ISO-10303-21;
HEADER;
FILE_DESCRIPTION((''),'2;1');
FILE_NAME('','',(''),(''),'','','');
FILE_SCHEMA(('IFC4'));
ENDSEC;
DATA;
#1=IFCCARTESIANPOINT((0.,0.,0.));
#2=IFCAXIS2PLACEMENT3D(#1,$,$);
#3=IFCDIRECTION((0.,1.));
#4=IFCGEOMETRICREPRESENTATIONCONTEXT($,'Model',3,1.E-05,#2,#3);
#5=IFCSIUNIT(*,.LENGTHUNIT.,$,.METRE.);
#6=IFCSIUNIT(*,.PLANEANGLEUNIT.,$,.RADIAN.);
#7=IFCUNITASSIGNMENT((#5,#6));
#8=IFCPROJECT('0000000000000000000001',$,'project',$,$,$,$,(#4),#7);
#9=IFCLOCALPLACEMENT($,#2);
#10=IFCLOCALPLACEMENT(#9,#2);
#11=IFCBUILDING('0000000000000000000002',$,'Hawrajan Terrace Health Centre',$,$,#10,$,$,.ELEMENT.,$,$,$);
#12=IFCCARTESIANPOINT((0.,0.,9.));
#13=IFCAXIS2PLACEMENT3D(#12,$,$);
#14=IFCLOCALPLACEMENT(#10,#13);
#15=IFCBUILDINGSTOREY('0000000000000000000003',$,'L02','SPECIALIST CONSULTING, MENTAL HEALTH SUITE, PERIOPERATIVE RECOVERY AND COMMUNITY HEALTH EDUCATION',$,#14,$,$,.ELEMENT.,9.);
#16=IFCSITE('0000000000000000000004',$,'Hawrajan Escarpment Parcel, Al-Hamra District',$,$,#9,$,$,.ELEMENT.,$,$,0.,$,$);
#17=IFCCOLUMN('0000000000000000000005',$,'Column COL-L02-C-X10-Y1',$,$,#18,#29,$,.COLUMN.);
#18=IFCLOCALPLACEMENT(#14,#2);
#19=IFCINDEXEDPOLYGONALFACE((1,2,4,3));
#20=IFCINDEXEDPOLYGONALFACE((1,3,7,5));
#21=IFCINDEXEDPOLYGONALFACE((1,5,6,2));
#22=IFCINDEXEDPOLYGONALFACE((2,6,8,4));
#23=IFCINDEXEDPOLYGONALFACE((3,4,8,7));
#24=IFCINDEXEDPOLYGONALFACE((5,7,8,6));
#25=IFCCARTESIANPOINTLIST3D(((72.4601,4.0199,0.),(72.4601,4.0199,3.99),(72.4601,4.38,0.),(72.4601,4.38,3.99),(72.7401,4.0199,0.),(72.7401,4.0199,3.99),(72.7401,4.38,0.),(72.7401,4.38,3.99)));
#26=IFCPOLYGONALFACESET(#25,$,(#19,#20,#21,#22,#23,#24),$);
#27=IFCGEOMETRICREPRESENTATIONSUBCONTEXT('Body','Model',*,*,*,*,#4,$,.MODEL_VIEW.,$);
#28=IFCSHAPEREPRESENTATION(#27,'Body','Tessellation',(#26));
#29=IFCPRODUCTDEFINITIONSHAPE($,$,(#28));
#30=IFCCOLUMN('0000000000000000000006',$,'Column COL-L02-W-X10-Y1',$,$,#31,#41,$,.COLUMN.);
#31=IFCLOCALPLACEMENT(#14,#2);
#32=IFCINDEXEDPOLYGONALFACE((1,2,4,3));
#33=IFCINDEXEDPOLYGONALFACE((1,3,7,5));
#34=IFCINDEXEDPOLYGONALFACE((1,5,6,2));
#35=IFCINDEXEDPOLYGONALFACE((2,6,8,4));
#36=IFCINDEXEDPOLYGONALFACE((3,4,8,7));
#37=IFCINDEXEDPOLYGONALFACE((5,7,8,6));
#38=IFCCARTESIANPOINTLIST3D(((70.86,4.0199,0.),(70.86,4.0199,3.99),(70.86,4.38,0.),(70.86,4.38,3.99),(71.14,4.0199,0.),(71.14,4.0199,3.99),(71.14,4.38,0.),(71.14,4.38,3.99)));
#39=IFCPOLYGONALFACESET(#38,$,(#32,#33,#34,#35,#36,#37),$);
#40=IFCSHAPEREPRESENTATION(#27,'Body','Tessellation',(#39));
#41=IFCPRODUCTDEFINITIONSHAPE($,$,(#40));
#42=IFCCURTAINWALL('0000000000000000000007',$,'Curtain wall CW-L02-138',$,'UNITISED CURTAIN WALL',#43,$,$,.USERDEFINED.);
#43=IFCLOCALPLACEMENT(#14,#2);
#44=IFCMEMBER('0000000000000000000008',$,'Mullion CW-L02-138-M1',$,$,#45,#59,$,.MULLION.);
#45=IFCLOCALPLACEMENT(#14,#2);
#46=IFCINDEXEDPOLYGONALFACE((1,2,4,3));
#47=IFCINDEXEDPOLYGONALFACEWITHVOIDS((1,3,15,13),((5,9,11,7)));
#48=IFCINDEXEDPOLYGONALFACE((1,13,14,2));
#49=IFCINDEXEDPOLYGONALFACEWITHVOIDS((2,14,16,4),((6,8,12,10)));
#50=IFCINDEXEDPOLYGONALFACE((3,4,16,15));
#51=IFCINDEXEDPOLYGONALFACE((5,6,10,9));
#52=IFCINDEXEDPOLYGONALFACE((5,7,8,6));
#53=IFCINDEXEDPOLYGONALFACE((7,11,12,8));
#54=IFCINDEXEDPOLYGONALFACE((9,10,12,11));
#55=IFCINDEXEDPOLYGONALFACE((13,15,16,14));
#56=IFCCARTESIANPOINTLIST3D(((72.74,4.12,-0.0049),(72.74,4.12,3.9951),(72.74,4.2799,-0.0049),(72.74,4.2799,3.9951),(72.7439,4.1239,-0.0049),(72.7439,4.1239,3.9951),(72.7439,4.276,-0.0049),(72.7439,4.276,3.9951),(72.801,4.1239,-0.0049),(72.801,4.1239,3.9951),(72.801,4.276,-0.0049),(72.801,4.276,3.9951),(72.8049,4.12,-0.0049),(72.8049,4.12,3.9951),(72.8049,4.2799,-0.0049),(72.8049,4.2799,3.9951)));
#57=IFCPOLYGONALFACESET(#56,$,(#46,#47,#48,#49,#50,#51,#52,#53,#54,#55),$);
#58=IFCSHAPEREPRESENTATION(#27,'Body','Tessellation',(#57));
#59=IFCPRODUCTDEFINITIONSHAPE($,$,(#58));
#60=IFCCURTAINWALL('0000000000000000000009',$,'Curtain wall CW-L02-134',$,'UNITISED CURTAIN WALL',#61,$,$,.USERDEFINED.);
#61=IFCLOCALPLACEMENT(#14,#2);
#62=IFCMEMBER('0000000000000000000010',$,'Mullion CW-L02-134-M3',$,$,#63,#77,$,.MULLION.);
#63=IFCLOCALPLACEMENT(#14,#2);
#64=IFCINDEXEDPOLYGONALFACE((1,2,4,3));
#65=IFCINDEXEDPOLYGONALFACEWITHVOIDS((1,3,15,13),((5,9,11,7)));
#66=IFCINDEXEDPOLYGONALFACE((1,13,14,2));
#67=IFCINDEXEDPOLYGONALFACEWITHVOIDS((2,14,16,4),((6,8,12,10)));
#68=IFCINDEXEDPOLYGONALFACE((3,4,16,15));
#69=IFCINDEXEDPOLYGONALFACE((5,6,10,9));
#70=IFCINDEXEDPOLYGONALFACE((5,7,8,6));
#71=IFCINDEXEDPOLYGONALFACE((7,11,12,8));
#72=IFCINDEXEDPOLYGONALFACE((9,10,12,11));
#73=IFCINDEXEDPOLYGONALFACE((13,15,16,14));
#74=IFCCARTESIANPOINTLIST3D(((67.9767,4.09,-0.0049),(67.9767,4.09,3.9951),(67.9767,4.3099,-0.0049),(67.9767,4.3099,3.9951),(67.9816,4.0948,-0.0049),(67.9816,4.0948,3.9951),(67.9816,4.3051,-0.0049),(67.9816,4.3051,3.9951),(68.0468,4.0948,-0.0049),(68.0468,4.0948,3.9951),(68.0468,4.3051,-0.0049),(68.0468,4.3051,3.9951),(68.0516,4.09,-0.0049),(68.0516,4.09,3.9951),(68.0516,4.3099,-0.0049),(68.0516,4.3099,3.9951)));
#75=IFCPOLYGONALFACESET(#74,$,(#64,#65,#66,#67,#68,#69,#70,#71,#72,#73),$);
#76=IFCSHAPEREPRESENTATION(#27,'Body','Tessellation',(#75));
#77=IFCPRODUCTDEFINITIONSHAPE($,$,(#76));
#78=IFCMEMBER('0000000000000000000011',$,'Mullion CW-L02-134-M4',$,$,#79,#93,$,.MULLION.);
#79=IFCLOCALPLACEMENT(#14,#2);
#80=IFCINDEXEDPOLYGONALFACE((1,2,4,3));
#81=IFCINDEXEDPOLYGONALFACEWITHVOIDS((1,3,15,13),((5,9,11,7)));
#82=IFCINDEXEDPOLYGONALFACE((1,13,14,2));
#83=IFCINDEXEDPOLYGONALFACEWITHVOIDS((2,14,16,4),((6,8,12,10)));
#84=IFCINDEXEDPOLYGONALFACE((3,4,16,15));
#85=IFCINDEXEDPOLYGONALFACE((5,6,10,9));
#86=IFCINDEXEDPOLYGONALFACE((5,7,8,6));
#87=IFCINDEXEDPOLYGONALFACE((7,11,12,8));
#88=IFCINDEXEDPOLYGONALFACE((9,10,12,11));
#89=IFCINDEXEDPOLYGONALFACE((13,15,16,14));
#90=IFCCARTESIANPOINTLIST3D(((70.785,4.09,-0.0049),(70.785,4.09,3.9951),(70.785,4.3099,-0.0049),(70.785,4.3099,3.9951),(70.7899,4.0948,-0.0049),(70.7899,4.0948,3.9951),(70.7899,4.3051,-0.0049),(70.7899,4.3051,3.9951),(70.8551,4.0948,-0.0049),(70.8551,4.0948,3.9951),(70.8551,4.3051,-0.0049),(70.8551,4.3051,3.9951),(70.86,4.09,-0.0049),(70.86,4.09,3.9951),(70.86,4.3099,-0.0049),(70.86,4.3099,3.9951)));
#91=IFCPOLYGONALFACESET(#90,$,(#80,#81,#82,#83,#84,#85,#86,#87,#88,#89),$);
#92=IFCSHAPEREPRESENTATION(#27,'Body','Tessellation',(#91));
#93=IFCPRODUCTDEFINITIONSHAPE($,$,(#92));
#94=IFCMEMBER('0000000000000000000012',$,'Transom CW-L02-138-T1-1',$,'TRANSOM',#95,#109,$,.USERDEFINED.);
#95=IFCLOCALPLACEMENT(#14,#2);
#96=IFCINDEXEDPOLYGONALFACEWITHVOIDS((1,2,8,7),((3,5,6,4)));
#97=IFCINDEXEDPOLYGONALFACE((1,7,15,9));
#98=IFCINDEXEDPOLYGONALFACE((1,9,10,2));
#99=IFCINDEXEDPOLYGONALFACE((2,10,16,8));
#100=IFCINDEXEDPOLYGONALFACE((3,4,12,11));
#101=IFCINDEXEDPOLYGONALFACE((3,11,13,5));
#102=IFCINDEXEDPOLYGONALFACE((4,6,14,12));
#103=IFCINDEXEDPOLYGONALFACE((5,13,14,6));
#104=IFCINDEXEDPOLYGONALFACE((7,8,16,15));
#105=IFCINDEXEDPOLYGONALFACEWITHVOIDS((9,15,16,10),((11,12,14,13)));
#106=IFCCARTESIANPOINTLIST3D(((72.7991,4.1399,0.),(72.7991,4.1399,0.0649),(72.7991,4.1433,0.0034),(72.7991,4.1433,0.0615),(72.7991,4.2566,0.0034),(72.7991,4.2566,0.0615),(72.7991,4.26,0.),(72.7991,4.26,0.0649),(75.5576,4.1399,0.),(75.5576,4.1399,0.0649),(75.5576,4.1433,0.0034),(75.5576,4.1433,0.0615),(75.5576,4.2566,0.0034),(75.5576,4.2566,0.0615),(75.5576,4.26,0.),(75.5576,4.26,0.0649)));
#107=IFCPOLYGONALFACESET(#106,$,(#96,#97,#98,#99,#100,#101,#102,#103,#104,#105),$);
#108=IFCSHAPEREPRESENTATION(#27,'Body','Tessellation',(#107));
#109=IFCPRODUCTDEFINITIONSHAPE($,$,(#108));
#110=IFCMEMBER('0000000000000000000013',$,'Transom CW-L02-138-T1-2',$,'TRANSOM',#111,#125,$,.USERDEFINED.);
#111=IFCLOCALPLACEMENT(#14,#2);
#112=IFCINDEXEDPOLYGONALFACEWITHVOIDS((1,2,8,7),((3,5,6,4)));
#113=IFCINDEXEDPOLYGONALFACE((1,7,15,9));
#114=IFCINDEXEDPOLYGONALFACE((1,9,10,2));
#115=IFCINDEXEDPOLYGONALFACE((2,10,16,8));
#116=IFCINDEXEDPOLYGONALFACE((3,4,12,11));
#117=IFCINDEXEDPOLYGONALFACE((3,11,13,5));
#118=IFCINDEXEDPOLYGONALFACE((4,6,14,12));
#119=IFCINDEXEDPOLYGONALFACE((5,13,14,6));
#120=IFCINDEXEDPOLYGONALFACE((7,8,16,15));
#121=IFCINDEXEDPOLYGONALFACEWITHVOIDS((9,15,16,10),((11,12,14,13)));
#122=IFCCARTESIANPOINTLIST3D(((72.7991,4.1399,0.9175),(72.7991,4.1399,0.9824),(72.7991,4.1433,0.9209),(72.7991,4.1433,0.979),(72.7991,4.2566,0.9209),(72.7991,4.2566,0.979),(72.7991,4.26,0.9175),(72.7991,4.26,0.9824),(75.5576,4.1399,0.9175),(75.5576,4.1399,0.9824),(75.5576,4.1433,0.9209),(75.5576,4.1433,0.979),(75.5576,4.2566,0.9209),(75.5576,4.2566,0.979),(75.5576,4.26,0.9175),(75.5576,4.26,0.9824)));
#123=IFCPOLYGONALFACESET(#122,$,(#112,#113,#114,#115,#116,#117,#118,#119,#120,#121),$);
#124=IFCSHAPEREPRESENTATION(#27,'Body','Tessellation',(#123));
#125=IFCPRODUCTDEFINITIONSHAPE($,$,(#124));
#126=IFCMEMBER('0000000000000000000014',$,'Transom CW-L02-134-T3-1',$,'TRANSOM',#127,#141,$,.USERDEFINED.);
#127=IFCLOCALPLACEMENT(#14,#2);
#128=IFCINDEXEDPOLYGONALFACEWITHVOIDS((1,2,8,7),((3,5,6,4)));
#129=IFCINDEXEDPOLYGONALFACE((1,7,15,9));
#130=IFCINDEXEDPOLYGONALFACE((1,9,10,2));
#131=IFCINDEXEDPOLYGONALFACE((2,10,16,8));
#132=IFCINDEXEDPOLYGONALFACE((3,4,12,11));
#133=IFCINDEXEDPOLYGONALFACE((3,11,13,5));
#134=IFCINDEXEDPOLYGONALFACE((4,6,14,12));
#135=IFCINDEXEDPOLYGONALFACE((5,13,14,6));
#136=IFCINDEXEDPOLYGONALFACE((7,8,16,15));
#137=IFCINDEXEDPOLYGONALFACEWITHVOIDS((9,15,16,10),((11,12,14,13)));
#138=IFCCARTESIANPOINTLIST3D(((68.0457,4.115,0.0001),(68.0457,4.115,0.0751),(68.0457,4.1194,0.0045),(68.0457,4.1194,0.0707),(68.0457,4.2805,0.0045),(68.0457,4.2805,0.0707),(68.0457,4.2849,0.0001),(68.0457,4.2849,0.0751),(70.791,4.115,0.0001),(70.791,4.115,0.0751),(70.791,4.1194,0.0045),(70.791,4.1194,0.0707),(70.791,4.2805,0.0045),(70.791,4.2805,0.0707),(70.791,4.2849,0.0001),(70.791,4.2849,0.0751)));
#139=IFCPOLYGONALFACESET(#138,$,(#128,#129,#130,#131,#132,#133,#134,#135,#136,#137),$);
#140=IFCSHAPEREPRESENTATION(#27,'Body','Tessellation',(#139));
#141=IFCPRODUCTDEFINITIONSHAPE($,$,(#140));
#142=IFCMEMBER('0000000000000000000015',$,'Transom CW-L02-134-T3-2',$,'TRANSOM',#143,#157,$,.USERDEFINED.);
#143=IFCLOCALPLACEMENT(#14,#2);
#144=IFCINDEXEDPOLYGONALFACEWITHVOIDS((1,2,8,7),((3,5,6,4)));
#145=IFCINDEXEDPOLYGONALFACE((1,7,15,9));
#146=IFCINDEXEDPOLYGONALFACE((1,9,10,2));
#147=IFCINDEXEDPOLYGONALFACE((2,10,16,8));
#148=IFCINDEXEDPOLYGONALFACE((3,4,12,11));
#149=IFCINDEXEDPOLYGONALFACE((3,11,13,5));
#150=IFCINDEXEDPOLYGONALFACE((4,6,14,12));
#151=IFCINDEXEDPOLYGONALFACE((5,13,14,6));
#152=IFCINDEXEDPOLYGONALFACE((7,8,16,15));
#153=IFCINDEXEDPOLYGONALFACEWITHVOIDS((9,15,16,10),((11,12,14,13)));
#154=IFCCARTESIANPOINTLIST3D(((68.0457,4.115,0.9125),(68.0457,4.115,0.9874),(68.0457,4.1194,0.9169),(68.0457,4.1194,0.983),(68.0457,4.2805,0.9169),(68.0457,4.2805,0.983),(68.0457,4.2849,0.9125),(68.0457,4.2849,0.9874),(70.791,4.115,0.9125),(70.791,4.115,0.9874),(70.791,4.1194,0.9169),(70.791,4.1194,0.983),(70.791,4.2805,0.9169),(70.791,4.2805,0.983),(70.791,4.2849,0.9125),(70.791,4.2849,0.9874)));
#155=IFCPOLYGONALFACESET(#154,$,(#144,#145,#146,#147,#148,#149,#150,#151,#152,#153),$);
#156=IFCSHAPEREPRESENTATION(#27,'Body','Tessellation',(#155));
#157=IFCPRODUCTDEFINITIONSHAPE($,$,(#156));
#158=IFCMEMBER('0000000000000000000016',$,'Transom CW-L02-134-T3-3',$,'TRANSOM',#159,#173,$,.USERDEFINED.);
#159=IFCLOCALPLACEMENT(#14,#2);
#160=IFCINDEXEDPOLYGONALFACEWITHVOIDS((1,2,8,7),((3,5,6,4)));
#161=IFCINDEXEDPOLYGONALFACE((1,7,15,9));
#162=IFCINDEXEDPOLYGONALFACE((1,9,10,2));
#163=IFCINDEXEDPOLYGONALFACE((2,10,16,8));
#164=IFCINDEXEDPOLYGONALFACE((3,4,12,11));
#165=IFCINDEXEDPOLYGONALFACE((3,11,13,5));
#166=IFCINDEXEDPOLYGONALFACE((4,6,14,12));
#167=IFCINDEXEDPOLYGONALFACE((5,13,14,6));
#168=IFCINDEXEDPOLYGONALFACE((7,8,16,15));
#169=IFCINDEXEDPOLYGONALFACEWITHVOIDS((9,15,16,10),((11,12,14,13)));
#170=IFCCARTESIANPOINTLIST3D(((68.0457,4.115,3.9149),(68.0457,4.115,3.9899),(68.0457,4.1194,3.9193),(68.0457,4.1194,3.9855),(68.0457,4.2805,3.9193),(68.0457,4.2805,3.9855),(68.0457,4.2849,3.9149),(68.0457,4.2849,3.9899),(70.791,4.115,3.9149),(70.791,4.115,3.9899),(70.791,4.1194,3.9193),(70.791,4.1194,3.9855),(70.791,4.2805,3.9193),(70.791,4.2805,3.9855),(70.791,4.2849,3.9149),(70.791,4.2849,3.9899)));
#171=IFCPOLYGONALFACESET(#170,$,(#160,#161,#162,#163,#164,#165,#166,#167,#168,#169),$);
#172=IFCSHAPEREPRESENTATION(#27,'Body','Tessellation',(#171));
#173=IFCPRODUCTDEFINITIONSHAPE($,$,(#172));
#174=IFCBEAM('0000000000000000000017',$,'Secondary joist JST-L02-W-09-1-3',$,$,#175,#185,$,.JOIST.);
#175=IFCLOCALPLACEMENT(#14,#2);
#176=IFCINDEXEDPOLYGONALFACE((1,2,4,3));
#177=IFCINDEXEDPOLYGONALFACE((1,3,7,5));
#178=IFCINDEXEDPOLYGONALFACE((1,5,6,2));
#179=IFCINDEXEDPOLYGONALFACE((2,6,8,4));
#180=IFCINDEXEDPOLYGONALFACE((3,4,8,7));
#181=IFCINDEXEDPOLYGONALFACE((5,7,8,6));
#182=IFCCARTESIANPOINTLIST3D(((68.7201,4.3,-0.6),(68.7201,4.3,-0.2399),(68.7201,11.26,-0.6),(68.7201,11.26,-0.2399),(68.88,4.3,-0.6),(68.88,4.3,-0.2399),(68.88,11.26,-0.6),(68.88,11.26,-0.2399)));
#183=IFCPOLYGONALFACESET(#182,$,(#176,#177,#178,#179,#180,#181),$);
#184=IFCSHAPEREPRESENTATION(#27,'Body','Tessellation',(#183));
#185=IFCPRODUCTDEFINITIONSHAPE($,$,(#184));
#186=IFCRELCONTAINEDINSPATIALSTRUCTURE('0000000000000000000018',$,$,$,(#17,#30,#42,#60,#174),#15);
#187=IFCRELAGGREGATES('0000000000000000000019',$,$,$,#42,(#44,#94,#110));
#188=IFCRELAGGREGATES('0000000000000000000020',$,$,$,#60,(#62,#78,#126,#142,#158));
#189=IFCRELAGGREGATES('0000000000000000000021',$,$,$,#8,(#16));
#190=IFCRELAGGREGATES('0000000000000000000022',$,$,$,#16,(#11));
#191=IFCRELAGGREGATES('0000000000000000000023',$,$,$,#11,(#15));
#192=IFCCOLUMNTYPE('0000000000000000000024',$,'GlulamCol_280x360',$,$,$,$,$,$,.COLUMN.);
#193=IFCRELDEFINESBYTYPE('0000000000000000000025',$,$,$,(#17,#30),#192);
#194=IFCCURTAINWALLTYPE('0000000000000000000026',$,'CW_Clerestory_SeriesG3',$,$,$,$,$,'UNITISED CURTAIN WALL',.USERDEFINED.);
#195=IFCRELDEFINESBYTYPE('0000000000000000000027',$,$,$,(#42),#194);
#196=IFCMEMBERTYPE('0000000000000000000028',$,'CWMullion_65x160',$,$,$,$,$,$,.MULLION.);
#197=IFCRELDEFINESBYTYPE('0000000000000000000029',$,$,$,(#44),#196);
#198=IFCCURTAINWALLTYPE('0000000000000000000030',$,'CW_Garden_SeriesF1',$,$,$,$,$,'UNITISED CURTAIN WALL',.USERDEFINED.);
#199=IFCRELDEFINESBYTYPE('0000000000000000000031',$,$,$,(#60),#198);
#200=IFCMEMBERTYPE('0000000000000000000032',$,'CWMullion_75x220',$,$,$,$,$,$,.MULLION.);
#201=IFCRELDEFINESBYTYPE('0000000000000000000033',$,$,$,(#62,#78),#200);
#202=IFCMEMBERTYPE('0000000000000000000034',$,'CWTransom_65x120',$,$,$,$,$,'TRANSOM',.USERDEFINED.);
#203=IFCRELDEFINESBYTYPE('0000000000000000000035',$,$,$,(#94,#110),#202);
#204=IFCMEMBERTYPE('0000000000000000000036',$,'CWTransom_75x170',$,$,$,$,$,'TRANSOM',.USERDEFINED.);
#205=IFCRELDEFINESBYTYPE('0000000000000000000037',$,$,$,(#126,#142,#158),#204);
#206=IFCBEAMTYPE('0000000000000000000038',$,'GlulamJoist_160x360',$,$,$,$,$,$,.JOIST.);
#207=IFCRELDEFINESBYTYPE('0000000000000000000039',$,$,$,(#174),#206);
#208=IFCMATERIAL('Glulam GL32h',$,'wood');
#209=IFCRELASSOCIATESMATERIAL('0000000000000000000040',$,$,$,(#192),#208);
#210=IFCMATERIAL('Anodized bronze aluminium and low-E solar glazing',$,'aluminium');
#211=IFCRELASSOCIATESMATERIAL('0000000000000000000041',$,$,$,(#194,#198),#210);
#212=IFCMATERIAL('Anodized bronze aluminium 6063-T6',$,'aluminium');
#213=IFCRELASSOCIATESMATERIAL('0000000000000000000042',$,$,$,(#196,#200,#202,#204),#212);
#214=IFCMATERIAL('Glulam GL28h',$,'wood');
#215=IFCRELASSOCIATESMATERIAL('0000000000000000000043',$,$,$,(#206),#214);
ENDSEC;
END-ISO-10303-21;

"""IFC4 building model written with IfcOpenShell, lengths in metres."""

from ifc_helpers import new_model, si_unit, direction, frame, origin, origin_2d, place, context, subcontext, project, spatial, rectangle, hollow_rectangle, extrude, material, material_profile, profile_set, type_object, element, aggregate, save


model = new_model("IFC4")

# Units and contexts
model_context = context("Model", 3, precision=1e-05, world=origin(), true_north=direction((0.0, 1.0)))
body_context = subcontext(model_context, "Body", "Model", "MODEL_VIEW")
ifc_project = project(units=[si_unit("LENGTHUNIT", "METRE"), si_unit("PLANEANGLEUNIT", "RADIAN")], contexts=[model_context])

# Site, building, storey
site_placement = place(None, origin())
site = spatial("IfcSite", under=ifc_project, at=site_placement, Name="Hawrajan Escarpment Parcel, Al-Hamra District", CompositionType="ELEMENT", RefElevation=0.0)
building_placement = place(site_placement, origin())
building = spatial("IfcBuilding", under=site, at=building_placement, Name="Hawrajan Terrace Health Centre", CompositionType="ELEMENT")
storey_placement = place(building_placement, frame((0.0, 0.0, 9.0)))
storey = spatial("IfcBuildingStorey", under=building, at=storey_placement, Name="L02", Description="SPECIALIST CONSULTING, MENTAL HEALTH SUITE, PERIOPERATIVE RECOVERY AND COMMUNITY HEALTH EDUCATION", CompositionType="ELEMENT", Elevation=9.0)

# Columns
ifc_material_1 = material(Name="Glulam GL32h", Category="wood")
ifc_material_profile_1 = material_profile(ifc_material_1, rectangle(XDim=0.28, YDim=0.3601, at=origin_2d()), Name="GL 280x360")
ifc_profile_set_1 = profile_set([ifc_material_profile_1], Name="Glulam GL32h")
column_type = type_object("IfcColumnType", Name="GlulamCol_280x360", PredefinedType="COLUMN", material=ifc_profile_set_1)
for number, where, z_axis, x_axis, name in (
    (1, (72.6001, 4.2, 0.0), (0.0, 0.0, 1.0), (1.0, 0.0, 0.0), "Column COL-L02-C-X10-Y1"),
    (2, (71.0, 4.2, 0.0), (0.0, 0.0, 1.0), (1.0, 0.0, 0.0), "Column COL-L02-W-X10-Y1"),
):
    element("IfcColumn", number, at=place(storey_placement, frame(where, z_axis=z_axis, x_axis=x_axis)), inside=storey, type_object=column_type, Name=name, PredefinedType="COLUMN", context=body_context, shape_type="SweptSolid", body=[
        extrude(rectangle(XDim=0.28, YDim=0.3601, at=origin_2d()), origin(), (0.0, 0.0, 1.0), 3.99),
    ])

# Curtain wall, member
ifc_material_2 = material(Name="Anodized bronze aluminium and low-E solar glazing", Category="aluminium")
curtain_wall_type_1 = type_object("IfcCurtainWallType", Name="CW_Clerestory_SeriesG3", ElementType="UNITISED CURTAIN WALL", PredefinedType="USERDEFINED", material=ifc_material_2)
curtain_wall_1_placement = place(storey_placement, origin())
curtain_wall_1 = element("IfcCurtainWall", 3, at=curtain_wall_1_placement, inside=storey, type_object=curtain_wall_type_1, Name="Curtain wall CW-L02-138", ObjectType="UNITISED CURTAIN WALL", PredefinedType="USERDEFINED")
ifc_material_3 = material(Name="Anodized bronze aluminium 6063-T6", Category="aluminium")
ifc_material_profile_2 = material_profile(ifc_material_3, hollow_rectangle(XDim=0.0649, YDim=0.1599, WallThickness=0.0039, at=origin_2d()), Name="CW MUL 65x160")
ifc_profile_set_2 = profile_set([ifc_material_profile_2], Name="Anodized bronze aluminium 6063-T6")
member_type_1 = type_object("IfcMemberType", Name="CWMullion_65x160", PredefinedType="MULLION", material=ifc_profile_set_2)
member_1_placement = place(storey_placement, frame((72.7725, 4.2, -0.0049), z_axis=(0.0, 0.0, 1.0), x_axis=(1.0, 0.0, 0.0)))
member_1 = element("IfcMember", 4, at=member_1_placement, type_object=member_type_1, Name="Mullion CW-L02-138-M1", PredefinedType="MULLION", context=body_context, shape_type="SweptSolid", body=[
    extrude(hollow_rectangle(XDim=0.0649, YDim=0.1599, WallThickness=0.0039, at=origin_2d()), origin(), (0.0, 0.0, 1.0), 4.0),
])

# Curtain wall, members
curtain_wall_type_2 = type_object("IfcCurtainWallType", Name="CW_Garden_SeriesF1", ElementType="UNITISED CURTAIN WALL", PredefinedType="USERDEFINED", material=ifc_material_2)
curtain_wall_2_placement = place(storey_placement, origin())
curtain_wall_2 = element("IfcCurtainWall", 5, at=curtain_wall_2_placement, inside=storey, type_object=curtain_wall_type_2, Name="Curtain wall CW-L02-134", ObjectType="UNITISED CURTAIN WALL", PredefinedType="USERDEFINED")
ifc_material_profile_3 = material_profile(ifc_material_3, hollow_rectangle(XDim=0.075, YDim=0.22, WallThickness=0.0049, at=origin_2d()), Name="CW MUL 75x220")
ifc_profile_set_3 = profile_set([ifc_material_profile_3], Name="Anodized bronze aluminium 6063-T6")
member_type_2 = type_object("IfcMemberType", Name="CWMullion_75x220", PredefinedType="MULLION", material=ifc_profile_set_3)
member_2_placement = place(storey_placement, frame((68.0142, 4.2, -0.0049), z_axis=(0.0, 0.0, 1.0), x_axis=(1.0, 0.0, 0.0)))
member_2 = element("IfcMember", 6, at=member_2_placement, type_object=member_type_2, Name="Mullion CW-L02-134-M3", PredefinedType="MULLION", context=body_context, shape_type="SweptSolid", body=[
    extrude(hollow_rectangle(XDim=0.075, YDim=0.22, WallThickness=0.0049, at=origin_2d()), origin(), (0.0, 0.0, 1.0), 4.0),
])
member_3_placement = place(storey_placement, frame((70.8225, 4.2, -0.0049), z_axis=(0.0, 0.0, 1.0), x_axis=(1.0, 0.0, 0.0)))
member_3 = element("IfcMember", 7, at=member_3_placement, type_object=member_type_2, Name="Mullion CW-L02-134-M4", PredefinedType="MULLION", context=body_context, shape_type="SweptSolid", body=[
    extrude(hollow_rectangle(XDim=0.075, YDim=0.22, WallThickness=0.0049, at=origin_2d()), origin(), (0.0, 0.0, 1.0), 4.0),
])

# Members
ifc_material_profile_4 = material_profile(ifc_material_3, hollow_rectangle(XDim=0.0649, YDim=0.1201, WallThickness=0.0034, at=origin_2d()), Name="CW TRN 65x120")
ifc_profile_set_4 = profile_set([ifc_material_profile_4], Name="Anodized bronze aluminium 6063-T6")
member_type_3 = type_object("IfcMemberType", Name="CWTransom_65x120", ElementType="TRANSOM", PredefinedType="USERDEFINED", material=ifc_profile_set_4)
member_4_placement = place(storey_placement, frame((72.7991, 4.2, 0.0325), z_axis=(1.0, 0.0, 0.0), x_axis=(0.0, 0.0, 1.0)))
member_4 = element("IfcMember", 8, at=member_4_placement, type_object=member_type_3, Name="Transom CW-L02-138-T1-1", ObjectType="TRANSOM", PredefinedType="USERDEFINED", context=body_context, shape_type="SweptSolid", body=[
    extrude(hollow_rectangle(XDim=0.0649, YDim=0.1201, WallThickness=0.0034, at=origin_2d()), origin(), (0.0, 0.0, 1.0), 2.7585),
])
member_5_placement = place(storey_placement, frame((72.7991, 4.2, 0.95), z_axis=(1.0, 0.0, 0.0), x_axis=(0.0, 0.0, 1.0)))
member_5 = element("IfcMember", 9, at=member_5_placement, type_object=member_type_3, Name="Transom CW-L02-138-T1-2", ObjectType="TRANSOM", PredefinedType="USERDEFINED", context=body_context, shape_type="SweptSolid", body=[
    extrude(hollow_rectangle(XDim=0.0649, YDim=0.1201, WallThickness=0.0034, at=origin_2d()), origin(), (0.0, 0.0, 1.0), 2.7585),
])
aggregate(curtain_wall_1, [member_1, member_4, member_5])
ifc_material_profile_5 = material_profile(ifc_material_3, hollow_rectangle(XDim=0.075, YDim=0.1699, WallThickness=0.0044, at=origin_2d()), Name="CW TRN 75x170")
ifc_profile_set_5 = profile_set([ifc_material_profile_5], Name="Anodized bronze aluminium 6063-T6")
member_type_4 = type_object("IfcMemberType", Name="CWTransom_75x170", ElementType="TRANSOM", PredefinedType="USERDEFINED", material=ifc_profile_set_5)
member_6_placement = place(storey_placement, frame((68.0457, 4.2, 0.0376), z_axis=(1.0, 0.0, 0.0), x_axis=(0.0, 0.0, 1.0)))
member_6 = element("IfcMember", 10, at=member_6_placement, type_object=member_type_4, Name="Transom CW-L02-134-T3-1", ObjectType="TRANSOM", PredefinedType="USERDEFINED", context=body_context, shape_type="SweptSolid", body=[
    extrude(hollow_rectangle(XDim=0.075, YDim=0.1699, WallThickness=0.0044, at=origin_2d()), origin(), (0.0, 0.0, 1.0), 2.7454),
])
member_7_placement = place(storey_placement, frame((68.0457, 4.2, 0.95), z_axis=(1.0, 0.0, 0.0), x_axis=(0.0, 0.0, 1.0)))
member_7 = element("IfcMember", 11, at=member_7_placement, type_object=member_type_4, Name="Transom CW-L02-134-T3-2", ObjectType="TRANSOM", PredefinedType="USERDEFINED", context=body_context, shape_type="SweptSolid", body=[
    extrude(hollow_rectangle(XDim=0.075, YDim=0.1699, WallThickness=0.0044, at=origin_2d()), origin(), (0.0, 0.0, 1.0), 2.7454),
])
member_8_placement = place(storey_placement, frame((68.0457, 4.2, 3.9524), z_axis=(1.0, 0.0, 0.0), x_axis=(0.0, 0.0, 1.0)))
member_8 = element("IfcMember", 12, at=member_8_placement, type_object=member_type_4, Name="Transom CW-L02-134-T3-3", ObjectType="TRANSOM", PredefinedType="USERDEFINED", context=body_context, shape_type="SweptSolid", body=[
    extrude(hollow_rectangle(XDim=0.075, YDim=0.1699, WallThickness=0.0044, at=origin_2d()), origin(), (0.0, 0.0, 1.0), 2.7454),
])

# Beam
ifc_material_4 = material(Name="Glulam GL28h", Category="wood")
ifc_material_profile_6 = material_profile(ifc_material_4, rectangle(XDim=0.1599, YDim=0.3601, at=origin_2d()), Name="GL JST 160x360")
ifc_profile_set_6 = profile_set([ifc_material_profile_6], Name="Glulam GL28h")
beam_type_1 = type_object("IfcBeamType", Name="GlulamJoist_160x360", PredefinedType="JOIST", material=ifc_profile_set_6)
beam_1_placement = place(storey_placement, frame((68.8, 4.3, -0.4199), z_axis=(0.0, 1.0, 0.0), x_axis=(-1.0, 0.0, 0.0)))
element("IfcBeam", 13, at=beam_1_placement, inside=storey, type_object=beam_type_1, Name="Secondary joist JST-L02-W-09-1-3", PredefinedType="JOIST", context=body_context, shape_type="SweptSolid", body=[
    extrude(rectangle(XDim=0.1599, YDim=0.3601, at=origin_2d()), origin(), (0.0, 0.0, 1.0), 6.96),
])

aggregate(curtain_wall_2, [member_2, member_3, member_6, member_7, member_8])

save(model, "model.ifc")
